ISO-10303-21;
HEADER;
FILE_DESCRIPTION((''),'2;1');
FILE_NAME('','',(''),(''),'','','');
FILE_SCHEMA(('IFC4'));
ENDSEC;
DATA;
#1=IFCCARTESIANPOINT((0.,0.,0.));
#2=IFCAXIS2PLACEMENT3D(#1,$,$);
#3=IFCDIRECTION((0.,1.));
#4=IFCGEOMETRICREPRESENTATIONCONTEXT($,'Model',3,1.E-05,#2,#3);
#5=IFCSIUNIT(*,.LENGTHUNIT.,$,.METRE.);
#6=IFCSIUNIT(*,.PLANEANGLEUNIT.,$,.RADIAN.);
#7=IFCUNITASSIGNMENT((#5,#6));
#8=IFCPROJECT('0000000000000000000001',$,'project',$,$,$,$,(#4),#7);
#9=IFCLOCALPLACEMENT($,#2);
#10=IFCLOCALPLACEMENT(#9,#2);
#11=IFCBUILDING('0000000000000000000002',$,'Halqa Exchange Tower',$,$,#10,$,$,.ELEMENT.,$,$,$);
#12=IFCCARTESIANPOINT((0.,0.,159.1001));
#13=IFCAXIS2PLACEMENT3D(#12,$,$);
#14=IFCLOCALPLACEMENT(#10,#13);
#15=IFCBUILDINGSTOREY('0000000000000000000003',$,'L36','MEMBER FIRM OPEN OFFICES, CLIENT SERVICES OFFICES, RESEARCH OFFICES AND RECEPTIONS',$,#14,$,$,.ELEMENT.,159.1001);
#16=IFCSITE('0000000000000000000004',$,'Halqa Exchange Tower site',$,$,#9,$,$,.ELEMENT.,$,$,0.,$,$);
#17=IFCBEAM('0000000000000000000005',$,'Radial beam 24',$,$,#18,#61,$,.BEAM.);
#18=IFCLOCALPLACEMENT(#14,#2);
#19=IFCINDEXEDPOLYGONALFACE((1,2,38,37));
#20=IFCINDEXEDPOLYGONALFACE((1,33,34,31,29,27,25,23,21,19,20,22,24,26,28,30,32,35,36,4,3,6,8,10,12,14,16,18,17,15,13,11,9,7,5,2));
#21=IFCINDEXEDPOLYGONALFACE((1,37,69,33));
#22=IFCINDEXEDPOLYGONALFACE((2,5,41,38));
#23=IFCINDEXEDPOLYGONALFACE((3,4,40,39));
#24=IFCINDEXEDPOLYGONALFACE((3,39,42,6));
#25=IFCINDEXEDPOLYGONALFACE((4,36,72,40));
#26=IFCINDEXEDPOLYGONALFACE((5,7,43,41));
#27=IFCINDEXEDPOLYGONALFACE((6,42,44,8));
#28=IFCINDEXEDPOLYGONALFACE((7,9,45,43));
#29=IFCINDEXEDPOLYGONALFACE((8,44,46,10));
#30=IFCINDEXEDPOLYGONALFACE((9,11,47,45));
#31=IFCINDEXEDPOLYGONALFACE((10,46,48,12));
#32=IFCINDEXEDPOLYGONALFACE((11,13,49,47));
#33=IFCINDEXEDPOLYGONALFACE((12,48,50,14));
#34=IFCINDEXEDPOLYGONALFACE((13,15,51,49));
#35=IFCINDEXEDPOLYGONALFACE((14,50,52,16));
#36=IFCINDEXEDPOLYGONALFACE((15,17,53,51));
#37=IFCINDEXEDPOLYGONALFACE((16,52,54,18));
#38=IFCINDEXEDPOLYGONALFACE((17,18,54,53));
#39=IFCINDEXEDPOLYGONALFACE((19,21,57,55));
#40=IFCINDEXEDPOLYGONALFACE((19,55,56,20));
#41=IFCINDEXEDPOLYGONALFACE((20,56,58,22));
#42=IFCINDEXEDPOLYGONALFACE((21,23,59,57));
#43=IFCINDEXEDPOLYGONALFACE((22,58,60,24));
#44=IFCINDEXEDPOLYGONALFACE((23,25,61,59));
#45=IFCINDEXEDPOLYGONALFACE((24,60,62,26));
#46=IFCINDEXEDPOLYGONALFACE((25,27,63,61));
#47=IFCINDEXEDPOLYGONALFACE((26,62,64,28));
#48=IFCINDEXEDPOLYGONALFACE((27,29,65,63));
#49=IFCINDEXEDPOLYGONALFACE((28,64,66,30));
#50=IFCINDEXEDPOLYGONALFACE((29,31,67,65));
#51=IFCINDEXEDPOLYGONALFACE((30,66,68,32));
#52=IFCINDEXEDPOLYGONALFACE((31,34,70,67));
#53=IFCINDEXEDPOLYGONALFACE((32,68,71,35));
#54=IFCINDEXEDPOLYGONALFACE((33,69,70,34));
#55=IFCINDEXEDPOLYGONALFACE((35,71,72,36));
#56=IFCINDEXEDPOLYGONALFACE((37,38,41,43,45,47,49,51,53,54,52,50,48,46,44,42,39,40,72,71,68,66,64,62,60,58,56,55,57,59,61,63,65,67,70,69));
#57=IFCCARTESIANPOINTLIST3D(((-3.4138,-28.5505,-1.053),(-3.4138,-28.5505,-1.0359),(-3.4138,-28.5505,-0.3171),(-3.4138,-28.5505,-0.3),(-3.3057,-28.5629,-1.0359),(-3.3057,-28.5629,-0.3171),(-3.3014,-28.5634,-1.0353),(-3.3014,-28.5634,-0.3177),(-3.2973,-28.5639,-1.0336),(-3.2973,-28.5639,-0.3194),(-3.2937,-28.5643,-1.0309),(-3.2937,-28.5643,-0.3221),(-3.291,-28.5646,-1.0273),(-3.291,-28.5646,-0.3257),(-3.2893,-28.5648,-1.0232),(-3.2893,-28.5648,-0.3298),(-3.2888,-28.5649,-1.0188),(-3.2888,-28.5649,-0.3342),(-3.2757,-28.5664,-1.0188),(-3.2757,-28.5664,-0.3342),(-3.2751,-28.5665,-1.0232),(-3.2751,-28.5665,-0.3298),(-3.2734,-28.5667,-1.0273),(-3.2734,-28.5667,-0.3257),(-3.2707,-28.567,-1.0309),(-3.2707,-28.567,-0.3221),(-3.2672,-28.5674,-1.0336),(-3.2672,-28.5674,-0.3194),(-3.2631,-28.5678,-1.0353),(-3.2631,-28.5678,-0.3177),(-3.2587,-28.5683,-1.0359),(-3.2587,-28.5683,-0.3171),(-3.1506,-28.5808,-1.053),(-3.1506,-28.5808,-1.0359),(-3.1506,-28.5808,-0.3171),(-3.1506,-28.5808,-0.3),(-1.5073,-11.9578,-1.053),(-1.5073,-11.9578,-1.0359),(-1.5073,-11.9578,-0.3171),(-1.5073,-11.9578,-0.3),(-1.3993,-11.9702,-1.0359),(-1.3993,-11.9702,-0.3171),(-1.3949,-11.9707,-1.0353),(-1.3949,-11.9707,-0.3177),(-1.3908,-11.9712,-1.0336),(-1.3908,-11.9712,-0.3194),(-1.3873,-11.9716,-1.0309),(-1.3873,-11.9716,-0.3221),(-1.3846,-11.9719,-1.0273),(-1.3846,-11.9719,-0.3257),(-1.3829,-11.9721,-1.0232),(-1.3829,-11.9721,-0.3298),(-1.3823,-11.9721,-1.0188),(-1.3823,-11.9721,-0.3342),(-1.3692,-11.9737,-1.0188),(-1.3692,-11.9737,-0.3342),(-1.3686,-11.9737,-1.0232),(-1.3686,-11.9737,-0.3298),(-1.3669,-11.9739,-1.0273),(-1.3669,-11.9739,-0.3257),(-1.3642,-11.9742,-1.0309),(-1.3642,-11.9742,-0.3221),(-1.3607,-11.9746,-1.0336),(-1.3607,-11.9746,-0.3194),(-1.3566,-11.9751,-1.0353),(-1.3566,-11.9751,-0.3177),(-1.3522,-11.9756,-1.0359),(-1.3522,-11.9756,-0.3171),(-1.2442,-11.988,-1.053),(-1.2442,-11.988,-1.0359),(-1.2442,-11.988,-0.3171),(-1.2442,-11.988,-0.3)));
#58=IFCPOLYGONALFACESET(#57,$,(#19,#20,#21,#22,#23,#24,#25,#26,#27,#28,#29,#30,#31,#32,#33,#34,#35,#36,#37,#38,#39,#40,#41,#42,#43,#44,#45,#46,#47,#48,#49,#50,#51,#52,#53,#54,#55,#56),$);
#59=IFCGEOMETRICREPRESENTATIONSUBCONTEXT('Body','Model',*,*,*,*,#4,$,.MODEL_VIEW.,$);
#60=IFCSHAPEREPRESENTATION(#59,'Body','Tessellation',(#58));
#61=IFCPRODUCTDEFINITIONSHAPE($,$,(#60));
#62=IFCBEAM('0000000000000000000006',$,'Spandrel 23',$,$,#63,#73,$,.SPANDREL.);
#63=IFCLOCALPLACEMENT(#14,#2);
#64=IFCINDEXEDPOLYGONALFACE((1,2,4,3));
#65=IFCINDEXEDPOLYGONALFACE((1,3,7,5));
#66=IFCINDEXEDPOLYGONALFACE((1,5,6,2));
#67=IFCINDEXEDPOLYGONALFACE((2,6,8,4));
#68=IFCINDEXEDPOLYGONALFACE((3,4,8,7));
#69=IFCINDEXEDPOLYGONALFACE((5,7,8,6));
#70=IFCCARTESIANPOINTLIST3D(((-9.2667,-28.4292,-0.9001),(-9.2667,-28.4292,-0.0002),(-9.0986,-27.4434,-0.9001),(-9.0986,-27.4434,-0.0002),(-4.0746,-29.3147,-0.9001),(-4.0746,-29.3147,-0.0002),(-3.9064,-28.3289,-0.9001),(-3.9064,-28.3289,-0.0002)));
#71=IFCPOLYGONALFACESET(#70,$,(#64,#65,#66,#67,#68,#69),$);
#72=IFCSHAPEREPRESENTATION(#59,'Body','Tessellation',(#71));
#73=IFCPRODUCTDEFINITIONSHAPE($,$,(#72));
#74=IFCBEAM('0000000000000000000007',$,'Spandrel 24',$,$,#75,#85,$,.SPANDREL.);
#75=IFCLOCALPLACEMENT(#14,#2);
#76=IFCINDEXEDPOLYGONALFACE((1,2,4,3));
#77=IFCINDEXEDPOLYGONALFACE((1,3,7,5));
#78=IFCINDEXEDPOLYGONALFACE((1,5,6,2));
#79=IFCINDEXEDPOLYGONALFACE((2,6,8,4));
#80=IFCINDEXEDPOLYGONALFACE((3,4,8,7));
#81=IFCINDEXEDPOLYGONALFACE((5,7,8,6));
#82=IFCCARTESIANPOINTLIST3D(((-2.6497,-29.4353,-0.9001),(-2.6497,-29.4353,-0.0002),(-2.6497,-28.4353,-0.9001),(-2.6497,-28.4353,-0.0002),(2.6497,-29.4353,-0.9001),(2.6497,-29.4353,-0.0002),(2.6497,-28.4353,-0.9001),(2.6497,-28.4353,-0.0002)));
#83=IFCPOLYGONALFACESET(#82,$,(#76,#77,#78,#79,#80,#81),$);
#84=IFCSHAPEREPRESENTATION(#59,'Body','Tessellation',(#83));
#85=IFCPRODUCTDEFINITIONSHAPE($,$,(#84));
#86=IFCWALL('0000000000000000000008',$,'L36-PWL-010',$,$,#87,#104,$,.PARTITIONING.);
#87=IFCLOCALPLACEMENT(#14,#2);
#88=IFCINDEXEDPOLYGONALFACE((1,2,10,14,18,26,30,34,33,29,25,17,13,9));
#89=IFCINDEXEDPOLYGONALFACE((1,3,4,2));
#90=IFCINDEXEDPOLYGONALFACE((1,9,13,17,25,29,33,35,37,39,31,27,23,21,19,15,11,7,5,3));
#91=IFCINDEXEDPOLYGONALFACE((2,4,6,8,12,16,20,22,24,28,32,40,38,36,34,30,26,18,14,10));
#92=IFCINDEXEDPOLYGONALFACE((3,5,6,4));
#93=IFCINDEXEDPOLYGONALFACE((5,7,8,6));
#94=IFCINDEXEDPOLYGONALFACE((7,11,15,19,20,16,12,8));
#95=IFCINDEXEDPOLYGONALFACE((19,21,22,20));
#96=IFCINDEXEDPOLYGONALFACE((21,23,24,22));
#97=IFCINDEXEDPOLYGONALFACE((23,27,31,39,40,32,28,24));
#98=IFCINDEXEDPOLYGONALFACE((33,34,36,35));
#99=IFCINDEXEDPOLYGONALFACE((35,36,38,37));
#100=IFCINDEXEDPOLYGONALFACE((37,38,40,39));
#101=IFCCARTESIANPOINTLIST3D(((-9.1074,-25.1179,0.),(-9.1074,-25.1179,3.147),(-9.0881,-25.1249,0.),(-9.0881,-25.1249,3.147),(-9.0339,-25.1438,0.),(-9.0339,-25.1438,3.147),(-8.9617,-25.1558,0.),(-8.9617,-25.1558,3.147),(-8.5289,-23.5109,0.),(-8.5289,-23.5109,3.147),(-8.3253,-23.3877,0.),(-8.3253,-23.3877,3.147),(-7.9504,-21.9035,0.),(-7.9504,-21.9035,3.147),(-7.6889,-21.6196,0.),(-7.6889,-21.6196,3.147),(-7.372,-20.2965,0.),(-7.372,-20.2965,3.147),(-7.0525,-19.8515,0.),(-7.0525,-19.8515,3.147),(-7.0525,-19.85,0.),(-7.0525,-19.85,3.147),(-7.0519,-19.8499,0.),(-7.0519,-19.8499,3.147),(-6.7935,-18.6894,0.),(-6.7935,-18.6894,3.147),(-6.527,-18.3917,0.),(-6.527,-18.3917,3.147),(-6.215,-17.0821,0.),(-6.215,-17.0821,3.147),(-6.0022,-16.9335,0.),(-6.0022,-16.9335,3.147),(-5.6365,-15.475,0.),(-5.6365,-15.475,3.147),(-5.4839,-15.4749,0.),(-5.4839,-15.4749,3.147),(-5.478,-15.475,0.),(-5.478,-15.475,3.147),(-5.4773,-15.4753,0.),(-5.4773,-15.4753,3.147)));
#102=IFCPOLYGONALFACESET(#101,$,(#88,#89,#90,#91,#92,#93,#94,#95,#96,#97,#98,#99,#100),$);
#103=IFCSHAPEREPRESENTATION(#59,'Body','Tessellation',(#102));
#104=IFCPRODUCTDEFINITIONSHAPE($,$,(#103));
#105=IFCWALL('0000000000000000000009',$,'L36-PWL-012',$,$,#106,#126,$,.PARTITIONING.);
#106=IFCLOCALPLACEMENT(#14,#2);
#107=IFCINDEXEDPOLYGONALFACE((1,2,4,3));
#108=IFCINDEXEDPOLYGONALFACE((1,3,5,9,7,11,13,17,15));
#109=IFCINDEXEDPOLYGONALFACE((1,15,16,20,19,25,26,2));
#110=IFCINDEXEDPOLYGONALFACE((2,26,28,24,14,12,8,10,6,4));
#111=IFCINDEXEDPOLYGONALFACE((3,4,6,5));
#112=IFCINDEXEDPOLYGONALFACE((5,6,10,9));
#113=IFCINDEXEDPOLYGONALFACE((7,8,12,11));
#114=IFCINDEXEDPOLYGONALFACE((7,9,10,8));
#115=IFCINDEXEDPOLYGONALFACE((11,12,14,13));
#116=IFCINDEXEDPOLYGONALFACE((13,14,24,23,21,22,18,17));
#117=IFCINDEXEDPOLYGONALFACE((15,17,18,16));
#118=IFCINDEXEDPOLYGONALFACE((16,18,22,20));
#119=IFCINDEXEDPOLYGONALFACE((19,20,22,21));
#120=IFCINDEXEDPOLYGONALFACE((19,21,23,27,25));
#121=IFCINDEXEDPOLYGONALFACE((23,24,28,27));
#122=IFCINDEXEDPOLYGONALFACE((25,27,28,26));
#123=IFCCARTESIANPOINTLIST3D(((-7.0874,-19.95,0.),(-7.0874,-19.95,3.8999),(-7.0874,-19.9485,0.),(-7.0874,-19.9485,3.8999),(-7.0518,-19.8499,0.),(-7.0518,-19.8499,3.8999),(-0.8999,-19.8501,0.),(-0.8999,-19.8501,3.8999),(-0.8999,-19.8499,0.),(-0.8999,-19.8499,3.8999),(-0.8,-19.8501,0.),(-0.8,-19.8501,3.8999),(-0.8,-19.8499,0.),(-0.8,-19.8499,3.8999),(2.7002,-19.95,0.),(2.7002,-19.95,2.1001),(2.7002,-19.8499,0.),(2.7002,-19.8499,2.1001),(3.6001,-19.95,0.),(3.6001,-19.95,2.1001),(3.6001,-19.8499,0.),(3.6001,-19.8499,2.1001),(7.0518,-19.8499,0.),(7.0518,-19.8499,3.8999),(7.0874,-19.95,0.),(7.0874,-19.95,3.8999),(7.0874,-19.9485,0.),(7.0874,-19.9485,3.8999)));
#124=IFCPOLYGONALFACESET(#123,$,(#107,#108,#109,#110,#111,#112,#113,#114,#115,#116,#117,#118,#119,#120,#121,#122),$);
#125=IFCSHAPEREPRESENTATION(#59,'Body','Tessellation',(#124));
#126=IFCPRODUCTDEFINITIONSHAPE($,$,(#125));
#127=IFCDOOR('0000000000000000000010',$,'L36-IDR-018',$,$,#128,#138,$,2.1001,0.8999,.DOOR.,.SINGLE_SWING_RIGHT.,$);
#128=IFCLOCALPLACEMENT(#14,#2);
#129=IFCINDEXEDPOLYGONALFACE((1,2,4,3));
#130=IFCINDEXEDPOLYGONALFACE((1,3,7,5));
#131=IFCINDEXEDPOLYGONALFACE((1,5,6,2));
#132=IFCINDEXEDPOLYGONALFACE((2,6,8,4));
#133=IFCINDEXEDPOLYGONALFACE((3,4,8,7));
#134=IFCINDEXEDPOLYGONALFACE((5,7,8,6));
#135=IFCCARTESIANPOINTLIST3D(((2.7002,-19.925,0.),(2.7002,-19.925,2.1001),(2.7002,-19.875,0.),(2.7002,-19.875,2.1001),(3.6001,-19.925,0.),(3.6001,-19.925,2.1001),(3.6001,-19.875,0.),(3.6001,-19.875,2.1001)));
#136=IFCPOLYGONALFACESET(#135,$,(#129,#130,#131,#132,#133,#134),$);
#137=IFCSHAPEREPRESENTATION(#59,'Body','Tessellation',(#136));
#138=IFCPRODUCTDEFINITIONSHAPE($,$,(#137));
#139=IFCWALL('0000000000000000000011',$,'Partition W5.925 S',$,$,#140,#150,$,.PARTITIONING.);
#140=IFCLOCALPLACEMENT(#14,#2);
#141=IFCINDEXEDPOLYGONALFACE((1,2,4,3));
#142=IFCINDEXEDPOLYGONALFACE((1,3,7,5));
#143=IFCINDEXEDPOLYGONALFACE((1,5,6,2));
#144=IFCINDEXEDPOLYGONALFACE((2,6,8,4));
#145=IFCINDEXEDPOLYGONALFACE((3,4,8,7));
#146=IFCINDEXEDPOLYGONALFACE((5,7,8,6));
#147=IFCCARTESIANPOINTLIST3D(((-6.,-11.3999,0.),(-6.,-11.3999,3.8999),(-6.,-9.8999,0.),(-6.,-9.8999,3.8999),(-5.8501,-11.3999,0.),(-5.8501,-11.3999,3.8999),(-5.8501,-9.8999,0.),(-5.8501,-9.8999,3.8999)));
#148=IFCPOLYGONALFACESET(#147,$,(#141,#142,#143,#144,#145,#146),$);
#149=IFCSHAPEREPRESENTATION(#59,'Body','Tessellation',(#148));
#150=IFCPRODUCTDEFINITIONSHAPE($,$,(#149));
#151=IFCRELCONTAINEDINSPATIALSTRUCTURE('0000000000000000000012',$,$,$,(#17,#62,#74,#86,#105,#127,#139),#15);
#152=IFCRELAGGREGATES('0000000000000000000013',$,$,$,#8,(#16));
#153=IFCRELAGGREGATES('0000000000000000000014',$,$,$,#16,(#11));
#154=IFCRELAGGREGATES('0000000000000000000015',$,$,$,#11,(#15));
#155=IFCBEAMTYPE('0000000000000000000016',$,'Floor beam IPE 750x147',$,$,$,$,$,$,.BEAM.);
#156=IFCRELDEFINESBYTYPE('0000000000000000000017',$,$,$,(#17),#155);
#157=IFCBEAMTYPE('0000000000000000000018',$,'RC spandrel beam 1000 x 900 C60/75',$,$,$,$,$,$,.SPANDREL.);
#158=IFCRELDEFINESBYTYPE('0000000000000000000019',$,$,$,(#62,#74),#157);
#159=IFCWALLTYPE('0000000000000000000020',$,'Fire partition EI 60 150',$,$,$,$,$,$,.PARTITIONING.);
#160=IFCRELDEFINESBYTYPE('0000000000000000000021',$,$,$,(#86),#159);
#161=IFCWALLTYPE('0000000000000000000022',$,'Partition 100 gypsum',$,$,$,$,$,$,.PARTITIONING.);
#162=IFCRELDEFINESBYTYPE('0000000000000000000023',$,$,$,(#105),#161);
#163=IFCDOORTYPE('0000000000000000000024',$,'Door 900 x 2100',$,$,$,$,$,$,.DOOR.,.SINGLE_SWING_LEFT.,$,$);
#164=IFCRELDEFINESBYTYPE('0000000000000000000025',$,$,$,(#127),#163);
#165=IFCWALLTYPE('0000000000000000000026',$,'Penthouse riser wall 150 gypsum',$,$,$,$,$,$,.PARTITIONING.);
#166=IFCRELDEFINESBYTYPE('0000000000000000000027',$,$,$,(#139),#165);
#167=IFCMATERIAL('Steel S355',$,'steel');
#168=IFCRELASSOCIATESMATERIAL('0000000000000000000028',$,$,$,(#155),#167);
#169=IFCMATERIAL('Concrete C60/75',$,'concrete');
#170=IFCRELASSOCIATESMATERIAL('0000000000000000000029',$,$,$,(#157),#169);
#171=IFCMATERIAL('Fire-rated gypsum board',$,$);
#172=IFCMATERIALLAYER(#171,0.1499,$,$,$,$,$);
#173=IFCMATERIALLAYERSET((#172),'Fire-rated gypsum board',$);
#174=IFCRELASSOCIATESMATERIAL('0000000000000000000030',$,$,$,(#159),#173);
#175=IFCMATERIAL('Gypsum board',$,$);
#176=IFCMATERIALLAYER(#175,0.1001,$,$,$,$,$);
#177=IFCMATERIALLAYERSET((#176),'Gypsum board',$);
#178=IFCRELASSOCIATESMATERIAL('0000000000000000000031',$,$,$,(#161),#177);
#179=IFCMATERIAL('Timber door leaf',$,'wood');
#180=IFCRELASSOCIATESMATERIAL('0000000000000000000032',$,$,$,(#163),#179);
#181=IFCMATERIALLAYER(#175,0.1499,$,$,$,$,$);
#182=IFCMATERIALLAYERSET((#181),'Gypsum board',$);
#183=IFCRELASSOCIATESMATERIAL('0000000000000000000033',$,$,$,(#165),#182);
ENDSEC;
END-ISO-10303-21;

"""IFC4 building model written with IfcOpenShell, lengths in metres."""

from ifc_helpers import new_model, si_unit, direction, frame, frame_2d, origin, origin_2d, place, context, subcontext, project, spatial, polyline, rectangle, i_section, outline, extrude, material, layer, layer_set, material_profile, profile_set, type_object, element, fill, save


model = new_model("IFC4")

# Units and contexts
model_context = context("Model", 3, precision=1e-05, world=origin(), true_north=direction((0.0, 1.0)))
body_context = subcontext(model_context, "Body", "Model", "MODEL_VIEW")
ifc_project = project(units=[si_unit("LENGTHUNIT", "METRE"), si_unit("PLANEANGLEUNIT", "RADIAN")], contexts=[model_context])

# Site, building, storey
site_placement = place(None, origin())
site = spatial("IfcSite", under=ifc_project, at=site_placement, Name="Halqa Exchange Tower site", CompositionType="ELEMENT", RefElevation=0.0)
building_placement = place(site_placement, origin())
building = spatial("IfcBuilding", under=site, at=building_placement, Name="Halqa Exchange Tower", CompositionType="ELEMENT")
storey_placement = place(building_placement, frame((0.0, 0.0, 159.1001)))
storey = spatial("IfcBuildingStorey", under=building, at=storey_placement, Name="L36", Description="MEMBER FIRM OPEN OFFICES, CLIENT SERVICES OFFICES, RESEARCH OFFICES AND RECEPTIONS", CompositionType="ELEMENT", Elevation=159.1001)

# Beams
ifc_material_1 = material(Name="Steel S355", Category="steel")
ifc_material_profile_1 = material_profile(ifc_material_1, i_section(OverallWidth=0.2649, OverallDepth=0.7529, WebThickness=0.0132, FlangeThickness=0.0171, FilletRadius=0.0171, at=origin_2d()), Name="IPE 750x147")
ifc_profile_set_1 = profile_set([ifc_material_profile_1], Name="Steel S355")
beam_type_1 = type_object("IfcBeamType", Name="Floor beam IPE 750x147", PredefinedType="BEAM", material=ifc_profile_set_1)
beam_1_placement = place(storey_placement, frame((-1.3757, -11.9729, -0.6765), z_axis=(-0.114148, -0.993464, 0.0), x_axis=(0.993464, -0.114148, 0.0)))
element("IfcBeam", 1, at=beam_1_placement, inside=storey, type_object=beam_type_1, Name="Radial beam 24", PredefinedType="BEAM", context=body_context, shape_type="SweptSolid", body=[
    extrude(i_section(OverallWidth=0.2649, OverallDepth=0.7529, WebThickness=0.0132, FlangeThickness=0.0171, FilletRadius=0.0171, at=origin_2d()), origin(), (0.0, 0.0, 1.0), 16.7019),
])
ifc_material_2 = material(Name="Concrete C60/75", Category="concrete")
ifc_material_profile_2 = material_profile(ifc_material_2, rectangle(XDim=1.0, YDim=0.8999, at=origin_2d()), Name="1000 x 900")
ifc_profile_set_2 = profile_set([ifc_material_profile_2], Name="Concrete C60/75")
beam_type_2 = type_object("IfcBeamType", Name="RC spandrel beam 1000 x 900 C60/75", PredefinedType="SPANDREL", material=ifc_profile_set_2)
beam_2_placement = place(storey_placement, frame((-9.1826, -27.9363, -0.4502), z_axis=(0.985767, -0.168119, 0.0), x_axis=(0.168119, 0.985767, 0.0)))
element("IfcBeam", 2, at=beam_2_placement, inside=storey, type_object=beam_type_2, Name="Spandrel 23", PredefinedType="SPANDREL", context=body_context, shape_type="SweptSolid", body=[
    extrude(rectangle(XDim=1.0, YDim=0.8999, at=origin_2d()), origin(), (0.0, 0.0, 1.0), 5.2671),
])
beam_3_placement = place(storey_placement, frame((-2.6497, -28.9353, -0.4502), z_axis=(1.0, 0.0, 0.0), x_axis=(0.0, 1.0, 0.0)))
element("IfcBeam", 3, at=beam_3_placement, inside=storey, type_object=beam_type_2, Name="Spandrel 24", PredefinedType="SPANDREL", context=body_context, shape_type="SweptSolid", body=[
    extrude(rectangle(XDim=1.0, YDim=0.8999, at=origin_2d()), origin(), (0.0, 0.0, 1.0), 5.2993),
])

# Wall
ifc_material_3 = material(Name="Fire-rated gypsum board")
ifc_layer_1 = layer(ifc_material_3, 0.1499)
ifc_layer_set_1 = layer_set([ifc_layer_1], Name="Fire-rated gypsum board")
wall_type_1 = type_object("IfcWallType", Name="Fire partition EI 60 150", PredefinedType="PARTITIONING", material=ifc_layer_set_1)
wall_1_placement = place(storey_placement, frame((-9.0369, -25.1433, 0.0), z_axis=(0.0, 0.0, 1.0), x_axis=(0.338668, 0.940906, 0.0)))
element("IfcWall", 4, at=wall_1_placement, inside=storey, type_object=wall_type_1, Name="L36-PWL-010", PredefinedType="PARTITIONING", context=body_context, shape_type="SweptSolid", body=[
    extrude(outline(polyline([(0.0137, -0.075), (1.8928, -0.075), (3.772, -0.075), (5.6511, -0.075), (5.6526, -0.0745), (5.6528, -0.075), (7.2026, -0.075), (8.7524, -0.075), (10.3022, -0.075), (10.3022, -0.0742), (10.3003, -0.0686), (10.3003, -0.0686), (10.2485, 0.075), (8.5405, 0.075), (6.8323, 0.075), (5.1243, 0.075), (3.4163, 0.075), (1.708, 0.075), (0.0, 0.075), (0.0, 0.0544), (0.0005, -0.0029), (0.0137, -0.075)])), origin(), (0.0, 0.0, 1.0), 3.147),
])

# Wall, opening, door
ifc_material_4 = material(Name="Gypsum board")
ifc_layer_2 = layer(ifc_material_4, 0.1001)
ifc_layer_set_2 = layer_set([ifc_layer_2], Name="Gypsum board")
wall_type_2 = type_object("IfcWallType", Name="Partition 100 gypsum", PredefinedType="PARTITIONING", material=ifc_layer_set_2)
wall_2_placement = place(storey_placement, frame((-7.0874, -19.8999, 0.0), z_axis=(0.0, 0.0, 1.0), x_axis=(1.0, 0.0, 0.0)))
wall_2 = element("IfcWall", 5, at=wall_2_placement, inside=storey, type_object=wall_type_2, Name="L36-PWL-012", PredefinedType="PARTITIONING", context=body_context, shape_type="SweptSolid", body=[
    extrude(outline(polyline([(14.1748, -0.05), (14.1748, -0.0486), (14.1392, 0.05), (12.1763, 0.05), (10.2134, 0.05), (8.2502, 0.05), (6.2874, 0.05), (6.2874, 0.0498), (6.1875, 0.0498), (6.1875, 0.05), (4.6494, 0.05), (3.1116, 0.05), (1.5735, 0.05), (0.0356, 0.05), (0.0, -0.0486), (0.0, -0.05), (1.772, -0.05), (3.5437, -0.05), (5.3154, -0.05), (7.0874, -0.05), (8.8594, -0.05), (10.6311, -0.05), (12.4028, -0.05), (14.1748, -0.05)])), origin(), (0.0, 0.0, 1.0), 3.8999),
])
opening_1_placement = place(wall_2_placement, frame((9.7876, 0.0, 0.0)))
opening_1 = element("IfcOpeningElement", 6, at=opening_1_placement, cuts=wall_2, PredefinedType="OPENING", context=body_context, shape_type="SweptSolid", body=[
    extrude(rectangle(XDim=0.8999, YDim=2.1001, at=frame_2d((0.45, 1.05))), frame((0.0, 0.062, 0.0), z_axis=(0.0, -1.0, 0.0), x_axis=(1.0, 0.0, 0.0)), (0.0, 0.0, 1.0), 0.124),
])
ifc_material_5 = material(Name="Timber door leaf", Category="wood")
door_type_1 = type_object("IfcDoorType", Name="Door 900 x 2100", OperationType="SINGLE_SWING_LEFT", PredefinedType="DOOR", material=ifc_material_5)
door_1_placement = place(opening_1_placement, origin())
door_1 = element("IfcDoor", 7, at=door_1_placement, inside=storey, type_object=door_type_1, Name="L36-IDR-018", OperationType="SINGLE_SWING_RIGHT", OverallHeight=2.1001, OverallWidth=0.8999, PredefinedType="DOOR", context=body_context, shape_type="SweptSolid", body=[
    extrude(rectangle(XDim=0.8999, YDim=2.1001, at=frame_2d((0.45, 1.05))), frame((0.0, 0.0249, 0.0), z_axis=(0.0, -1.0, 0.0), x_axis=(1.0, 0.0, 0.0)), (0.0, 0.0, 1.0), 0.05),
])
fill(opening_1, door_1)

# Wall
ifc_layer_3 = layer(ifc_material_4, 0.1499)
ifc_layer_set_3 = layer_set([ifc_layer_3], Name="Gypsum board")
wall_type_3 = type_object("IfcWallType", Name="Penthouse riser wall 150 gypsum", PredefinedType="PARTITIONING", material=ifc_layer_set_3)
wall_3_placement = place(storey_placement, frame((-5.925, -11.3999, 0.0), z_axis=(0.0, 0.0, 1.0), x_axis=(0.0, 1.0, 0.0)))
element("IfcWall", 8, at=wall_3_placement, inside=storey, type_object=wall_type_3, Name="Partition W5.925 S", PredefinedType="PARTITIONING", context=body_context, shape_type="SweptSolid", body=[
    extrude(rectangle(XDim=1.5, YDim=0.1499, at=frame_2d((0.75, 0.0))), origin(), (0.0, 0.0, 1.0), 3.8999),
])

save(model, "model.ifc")
